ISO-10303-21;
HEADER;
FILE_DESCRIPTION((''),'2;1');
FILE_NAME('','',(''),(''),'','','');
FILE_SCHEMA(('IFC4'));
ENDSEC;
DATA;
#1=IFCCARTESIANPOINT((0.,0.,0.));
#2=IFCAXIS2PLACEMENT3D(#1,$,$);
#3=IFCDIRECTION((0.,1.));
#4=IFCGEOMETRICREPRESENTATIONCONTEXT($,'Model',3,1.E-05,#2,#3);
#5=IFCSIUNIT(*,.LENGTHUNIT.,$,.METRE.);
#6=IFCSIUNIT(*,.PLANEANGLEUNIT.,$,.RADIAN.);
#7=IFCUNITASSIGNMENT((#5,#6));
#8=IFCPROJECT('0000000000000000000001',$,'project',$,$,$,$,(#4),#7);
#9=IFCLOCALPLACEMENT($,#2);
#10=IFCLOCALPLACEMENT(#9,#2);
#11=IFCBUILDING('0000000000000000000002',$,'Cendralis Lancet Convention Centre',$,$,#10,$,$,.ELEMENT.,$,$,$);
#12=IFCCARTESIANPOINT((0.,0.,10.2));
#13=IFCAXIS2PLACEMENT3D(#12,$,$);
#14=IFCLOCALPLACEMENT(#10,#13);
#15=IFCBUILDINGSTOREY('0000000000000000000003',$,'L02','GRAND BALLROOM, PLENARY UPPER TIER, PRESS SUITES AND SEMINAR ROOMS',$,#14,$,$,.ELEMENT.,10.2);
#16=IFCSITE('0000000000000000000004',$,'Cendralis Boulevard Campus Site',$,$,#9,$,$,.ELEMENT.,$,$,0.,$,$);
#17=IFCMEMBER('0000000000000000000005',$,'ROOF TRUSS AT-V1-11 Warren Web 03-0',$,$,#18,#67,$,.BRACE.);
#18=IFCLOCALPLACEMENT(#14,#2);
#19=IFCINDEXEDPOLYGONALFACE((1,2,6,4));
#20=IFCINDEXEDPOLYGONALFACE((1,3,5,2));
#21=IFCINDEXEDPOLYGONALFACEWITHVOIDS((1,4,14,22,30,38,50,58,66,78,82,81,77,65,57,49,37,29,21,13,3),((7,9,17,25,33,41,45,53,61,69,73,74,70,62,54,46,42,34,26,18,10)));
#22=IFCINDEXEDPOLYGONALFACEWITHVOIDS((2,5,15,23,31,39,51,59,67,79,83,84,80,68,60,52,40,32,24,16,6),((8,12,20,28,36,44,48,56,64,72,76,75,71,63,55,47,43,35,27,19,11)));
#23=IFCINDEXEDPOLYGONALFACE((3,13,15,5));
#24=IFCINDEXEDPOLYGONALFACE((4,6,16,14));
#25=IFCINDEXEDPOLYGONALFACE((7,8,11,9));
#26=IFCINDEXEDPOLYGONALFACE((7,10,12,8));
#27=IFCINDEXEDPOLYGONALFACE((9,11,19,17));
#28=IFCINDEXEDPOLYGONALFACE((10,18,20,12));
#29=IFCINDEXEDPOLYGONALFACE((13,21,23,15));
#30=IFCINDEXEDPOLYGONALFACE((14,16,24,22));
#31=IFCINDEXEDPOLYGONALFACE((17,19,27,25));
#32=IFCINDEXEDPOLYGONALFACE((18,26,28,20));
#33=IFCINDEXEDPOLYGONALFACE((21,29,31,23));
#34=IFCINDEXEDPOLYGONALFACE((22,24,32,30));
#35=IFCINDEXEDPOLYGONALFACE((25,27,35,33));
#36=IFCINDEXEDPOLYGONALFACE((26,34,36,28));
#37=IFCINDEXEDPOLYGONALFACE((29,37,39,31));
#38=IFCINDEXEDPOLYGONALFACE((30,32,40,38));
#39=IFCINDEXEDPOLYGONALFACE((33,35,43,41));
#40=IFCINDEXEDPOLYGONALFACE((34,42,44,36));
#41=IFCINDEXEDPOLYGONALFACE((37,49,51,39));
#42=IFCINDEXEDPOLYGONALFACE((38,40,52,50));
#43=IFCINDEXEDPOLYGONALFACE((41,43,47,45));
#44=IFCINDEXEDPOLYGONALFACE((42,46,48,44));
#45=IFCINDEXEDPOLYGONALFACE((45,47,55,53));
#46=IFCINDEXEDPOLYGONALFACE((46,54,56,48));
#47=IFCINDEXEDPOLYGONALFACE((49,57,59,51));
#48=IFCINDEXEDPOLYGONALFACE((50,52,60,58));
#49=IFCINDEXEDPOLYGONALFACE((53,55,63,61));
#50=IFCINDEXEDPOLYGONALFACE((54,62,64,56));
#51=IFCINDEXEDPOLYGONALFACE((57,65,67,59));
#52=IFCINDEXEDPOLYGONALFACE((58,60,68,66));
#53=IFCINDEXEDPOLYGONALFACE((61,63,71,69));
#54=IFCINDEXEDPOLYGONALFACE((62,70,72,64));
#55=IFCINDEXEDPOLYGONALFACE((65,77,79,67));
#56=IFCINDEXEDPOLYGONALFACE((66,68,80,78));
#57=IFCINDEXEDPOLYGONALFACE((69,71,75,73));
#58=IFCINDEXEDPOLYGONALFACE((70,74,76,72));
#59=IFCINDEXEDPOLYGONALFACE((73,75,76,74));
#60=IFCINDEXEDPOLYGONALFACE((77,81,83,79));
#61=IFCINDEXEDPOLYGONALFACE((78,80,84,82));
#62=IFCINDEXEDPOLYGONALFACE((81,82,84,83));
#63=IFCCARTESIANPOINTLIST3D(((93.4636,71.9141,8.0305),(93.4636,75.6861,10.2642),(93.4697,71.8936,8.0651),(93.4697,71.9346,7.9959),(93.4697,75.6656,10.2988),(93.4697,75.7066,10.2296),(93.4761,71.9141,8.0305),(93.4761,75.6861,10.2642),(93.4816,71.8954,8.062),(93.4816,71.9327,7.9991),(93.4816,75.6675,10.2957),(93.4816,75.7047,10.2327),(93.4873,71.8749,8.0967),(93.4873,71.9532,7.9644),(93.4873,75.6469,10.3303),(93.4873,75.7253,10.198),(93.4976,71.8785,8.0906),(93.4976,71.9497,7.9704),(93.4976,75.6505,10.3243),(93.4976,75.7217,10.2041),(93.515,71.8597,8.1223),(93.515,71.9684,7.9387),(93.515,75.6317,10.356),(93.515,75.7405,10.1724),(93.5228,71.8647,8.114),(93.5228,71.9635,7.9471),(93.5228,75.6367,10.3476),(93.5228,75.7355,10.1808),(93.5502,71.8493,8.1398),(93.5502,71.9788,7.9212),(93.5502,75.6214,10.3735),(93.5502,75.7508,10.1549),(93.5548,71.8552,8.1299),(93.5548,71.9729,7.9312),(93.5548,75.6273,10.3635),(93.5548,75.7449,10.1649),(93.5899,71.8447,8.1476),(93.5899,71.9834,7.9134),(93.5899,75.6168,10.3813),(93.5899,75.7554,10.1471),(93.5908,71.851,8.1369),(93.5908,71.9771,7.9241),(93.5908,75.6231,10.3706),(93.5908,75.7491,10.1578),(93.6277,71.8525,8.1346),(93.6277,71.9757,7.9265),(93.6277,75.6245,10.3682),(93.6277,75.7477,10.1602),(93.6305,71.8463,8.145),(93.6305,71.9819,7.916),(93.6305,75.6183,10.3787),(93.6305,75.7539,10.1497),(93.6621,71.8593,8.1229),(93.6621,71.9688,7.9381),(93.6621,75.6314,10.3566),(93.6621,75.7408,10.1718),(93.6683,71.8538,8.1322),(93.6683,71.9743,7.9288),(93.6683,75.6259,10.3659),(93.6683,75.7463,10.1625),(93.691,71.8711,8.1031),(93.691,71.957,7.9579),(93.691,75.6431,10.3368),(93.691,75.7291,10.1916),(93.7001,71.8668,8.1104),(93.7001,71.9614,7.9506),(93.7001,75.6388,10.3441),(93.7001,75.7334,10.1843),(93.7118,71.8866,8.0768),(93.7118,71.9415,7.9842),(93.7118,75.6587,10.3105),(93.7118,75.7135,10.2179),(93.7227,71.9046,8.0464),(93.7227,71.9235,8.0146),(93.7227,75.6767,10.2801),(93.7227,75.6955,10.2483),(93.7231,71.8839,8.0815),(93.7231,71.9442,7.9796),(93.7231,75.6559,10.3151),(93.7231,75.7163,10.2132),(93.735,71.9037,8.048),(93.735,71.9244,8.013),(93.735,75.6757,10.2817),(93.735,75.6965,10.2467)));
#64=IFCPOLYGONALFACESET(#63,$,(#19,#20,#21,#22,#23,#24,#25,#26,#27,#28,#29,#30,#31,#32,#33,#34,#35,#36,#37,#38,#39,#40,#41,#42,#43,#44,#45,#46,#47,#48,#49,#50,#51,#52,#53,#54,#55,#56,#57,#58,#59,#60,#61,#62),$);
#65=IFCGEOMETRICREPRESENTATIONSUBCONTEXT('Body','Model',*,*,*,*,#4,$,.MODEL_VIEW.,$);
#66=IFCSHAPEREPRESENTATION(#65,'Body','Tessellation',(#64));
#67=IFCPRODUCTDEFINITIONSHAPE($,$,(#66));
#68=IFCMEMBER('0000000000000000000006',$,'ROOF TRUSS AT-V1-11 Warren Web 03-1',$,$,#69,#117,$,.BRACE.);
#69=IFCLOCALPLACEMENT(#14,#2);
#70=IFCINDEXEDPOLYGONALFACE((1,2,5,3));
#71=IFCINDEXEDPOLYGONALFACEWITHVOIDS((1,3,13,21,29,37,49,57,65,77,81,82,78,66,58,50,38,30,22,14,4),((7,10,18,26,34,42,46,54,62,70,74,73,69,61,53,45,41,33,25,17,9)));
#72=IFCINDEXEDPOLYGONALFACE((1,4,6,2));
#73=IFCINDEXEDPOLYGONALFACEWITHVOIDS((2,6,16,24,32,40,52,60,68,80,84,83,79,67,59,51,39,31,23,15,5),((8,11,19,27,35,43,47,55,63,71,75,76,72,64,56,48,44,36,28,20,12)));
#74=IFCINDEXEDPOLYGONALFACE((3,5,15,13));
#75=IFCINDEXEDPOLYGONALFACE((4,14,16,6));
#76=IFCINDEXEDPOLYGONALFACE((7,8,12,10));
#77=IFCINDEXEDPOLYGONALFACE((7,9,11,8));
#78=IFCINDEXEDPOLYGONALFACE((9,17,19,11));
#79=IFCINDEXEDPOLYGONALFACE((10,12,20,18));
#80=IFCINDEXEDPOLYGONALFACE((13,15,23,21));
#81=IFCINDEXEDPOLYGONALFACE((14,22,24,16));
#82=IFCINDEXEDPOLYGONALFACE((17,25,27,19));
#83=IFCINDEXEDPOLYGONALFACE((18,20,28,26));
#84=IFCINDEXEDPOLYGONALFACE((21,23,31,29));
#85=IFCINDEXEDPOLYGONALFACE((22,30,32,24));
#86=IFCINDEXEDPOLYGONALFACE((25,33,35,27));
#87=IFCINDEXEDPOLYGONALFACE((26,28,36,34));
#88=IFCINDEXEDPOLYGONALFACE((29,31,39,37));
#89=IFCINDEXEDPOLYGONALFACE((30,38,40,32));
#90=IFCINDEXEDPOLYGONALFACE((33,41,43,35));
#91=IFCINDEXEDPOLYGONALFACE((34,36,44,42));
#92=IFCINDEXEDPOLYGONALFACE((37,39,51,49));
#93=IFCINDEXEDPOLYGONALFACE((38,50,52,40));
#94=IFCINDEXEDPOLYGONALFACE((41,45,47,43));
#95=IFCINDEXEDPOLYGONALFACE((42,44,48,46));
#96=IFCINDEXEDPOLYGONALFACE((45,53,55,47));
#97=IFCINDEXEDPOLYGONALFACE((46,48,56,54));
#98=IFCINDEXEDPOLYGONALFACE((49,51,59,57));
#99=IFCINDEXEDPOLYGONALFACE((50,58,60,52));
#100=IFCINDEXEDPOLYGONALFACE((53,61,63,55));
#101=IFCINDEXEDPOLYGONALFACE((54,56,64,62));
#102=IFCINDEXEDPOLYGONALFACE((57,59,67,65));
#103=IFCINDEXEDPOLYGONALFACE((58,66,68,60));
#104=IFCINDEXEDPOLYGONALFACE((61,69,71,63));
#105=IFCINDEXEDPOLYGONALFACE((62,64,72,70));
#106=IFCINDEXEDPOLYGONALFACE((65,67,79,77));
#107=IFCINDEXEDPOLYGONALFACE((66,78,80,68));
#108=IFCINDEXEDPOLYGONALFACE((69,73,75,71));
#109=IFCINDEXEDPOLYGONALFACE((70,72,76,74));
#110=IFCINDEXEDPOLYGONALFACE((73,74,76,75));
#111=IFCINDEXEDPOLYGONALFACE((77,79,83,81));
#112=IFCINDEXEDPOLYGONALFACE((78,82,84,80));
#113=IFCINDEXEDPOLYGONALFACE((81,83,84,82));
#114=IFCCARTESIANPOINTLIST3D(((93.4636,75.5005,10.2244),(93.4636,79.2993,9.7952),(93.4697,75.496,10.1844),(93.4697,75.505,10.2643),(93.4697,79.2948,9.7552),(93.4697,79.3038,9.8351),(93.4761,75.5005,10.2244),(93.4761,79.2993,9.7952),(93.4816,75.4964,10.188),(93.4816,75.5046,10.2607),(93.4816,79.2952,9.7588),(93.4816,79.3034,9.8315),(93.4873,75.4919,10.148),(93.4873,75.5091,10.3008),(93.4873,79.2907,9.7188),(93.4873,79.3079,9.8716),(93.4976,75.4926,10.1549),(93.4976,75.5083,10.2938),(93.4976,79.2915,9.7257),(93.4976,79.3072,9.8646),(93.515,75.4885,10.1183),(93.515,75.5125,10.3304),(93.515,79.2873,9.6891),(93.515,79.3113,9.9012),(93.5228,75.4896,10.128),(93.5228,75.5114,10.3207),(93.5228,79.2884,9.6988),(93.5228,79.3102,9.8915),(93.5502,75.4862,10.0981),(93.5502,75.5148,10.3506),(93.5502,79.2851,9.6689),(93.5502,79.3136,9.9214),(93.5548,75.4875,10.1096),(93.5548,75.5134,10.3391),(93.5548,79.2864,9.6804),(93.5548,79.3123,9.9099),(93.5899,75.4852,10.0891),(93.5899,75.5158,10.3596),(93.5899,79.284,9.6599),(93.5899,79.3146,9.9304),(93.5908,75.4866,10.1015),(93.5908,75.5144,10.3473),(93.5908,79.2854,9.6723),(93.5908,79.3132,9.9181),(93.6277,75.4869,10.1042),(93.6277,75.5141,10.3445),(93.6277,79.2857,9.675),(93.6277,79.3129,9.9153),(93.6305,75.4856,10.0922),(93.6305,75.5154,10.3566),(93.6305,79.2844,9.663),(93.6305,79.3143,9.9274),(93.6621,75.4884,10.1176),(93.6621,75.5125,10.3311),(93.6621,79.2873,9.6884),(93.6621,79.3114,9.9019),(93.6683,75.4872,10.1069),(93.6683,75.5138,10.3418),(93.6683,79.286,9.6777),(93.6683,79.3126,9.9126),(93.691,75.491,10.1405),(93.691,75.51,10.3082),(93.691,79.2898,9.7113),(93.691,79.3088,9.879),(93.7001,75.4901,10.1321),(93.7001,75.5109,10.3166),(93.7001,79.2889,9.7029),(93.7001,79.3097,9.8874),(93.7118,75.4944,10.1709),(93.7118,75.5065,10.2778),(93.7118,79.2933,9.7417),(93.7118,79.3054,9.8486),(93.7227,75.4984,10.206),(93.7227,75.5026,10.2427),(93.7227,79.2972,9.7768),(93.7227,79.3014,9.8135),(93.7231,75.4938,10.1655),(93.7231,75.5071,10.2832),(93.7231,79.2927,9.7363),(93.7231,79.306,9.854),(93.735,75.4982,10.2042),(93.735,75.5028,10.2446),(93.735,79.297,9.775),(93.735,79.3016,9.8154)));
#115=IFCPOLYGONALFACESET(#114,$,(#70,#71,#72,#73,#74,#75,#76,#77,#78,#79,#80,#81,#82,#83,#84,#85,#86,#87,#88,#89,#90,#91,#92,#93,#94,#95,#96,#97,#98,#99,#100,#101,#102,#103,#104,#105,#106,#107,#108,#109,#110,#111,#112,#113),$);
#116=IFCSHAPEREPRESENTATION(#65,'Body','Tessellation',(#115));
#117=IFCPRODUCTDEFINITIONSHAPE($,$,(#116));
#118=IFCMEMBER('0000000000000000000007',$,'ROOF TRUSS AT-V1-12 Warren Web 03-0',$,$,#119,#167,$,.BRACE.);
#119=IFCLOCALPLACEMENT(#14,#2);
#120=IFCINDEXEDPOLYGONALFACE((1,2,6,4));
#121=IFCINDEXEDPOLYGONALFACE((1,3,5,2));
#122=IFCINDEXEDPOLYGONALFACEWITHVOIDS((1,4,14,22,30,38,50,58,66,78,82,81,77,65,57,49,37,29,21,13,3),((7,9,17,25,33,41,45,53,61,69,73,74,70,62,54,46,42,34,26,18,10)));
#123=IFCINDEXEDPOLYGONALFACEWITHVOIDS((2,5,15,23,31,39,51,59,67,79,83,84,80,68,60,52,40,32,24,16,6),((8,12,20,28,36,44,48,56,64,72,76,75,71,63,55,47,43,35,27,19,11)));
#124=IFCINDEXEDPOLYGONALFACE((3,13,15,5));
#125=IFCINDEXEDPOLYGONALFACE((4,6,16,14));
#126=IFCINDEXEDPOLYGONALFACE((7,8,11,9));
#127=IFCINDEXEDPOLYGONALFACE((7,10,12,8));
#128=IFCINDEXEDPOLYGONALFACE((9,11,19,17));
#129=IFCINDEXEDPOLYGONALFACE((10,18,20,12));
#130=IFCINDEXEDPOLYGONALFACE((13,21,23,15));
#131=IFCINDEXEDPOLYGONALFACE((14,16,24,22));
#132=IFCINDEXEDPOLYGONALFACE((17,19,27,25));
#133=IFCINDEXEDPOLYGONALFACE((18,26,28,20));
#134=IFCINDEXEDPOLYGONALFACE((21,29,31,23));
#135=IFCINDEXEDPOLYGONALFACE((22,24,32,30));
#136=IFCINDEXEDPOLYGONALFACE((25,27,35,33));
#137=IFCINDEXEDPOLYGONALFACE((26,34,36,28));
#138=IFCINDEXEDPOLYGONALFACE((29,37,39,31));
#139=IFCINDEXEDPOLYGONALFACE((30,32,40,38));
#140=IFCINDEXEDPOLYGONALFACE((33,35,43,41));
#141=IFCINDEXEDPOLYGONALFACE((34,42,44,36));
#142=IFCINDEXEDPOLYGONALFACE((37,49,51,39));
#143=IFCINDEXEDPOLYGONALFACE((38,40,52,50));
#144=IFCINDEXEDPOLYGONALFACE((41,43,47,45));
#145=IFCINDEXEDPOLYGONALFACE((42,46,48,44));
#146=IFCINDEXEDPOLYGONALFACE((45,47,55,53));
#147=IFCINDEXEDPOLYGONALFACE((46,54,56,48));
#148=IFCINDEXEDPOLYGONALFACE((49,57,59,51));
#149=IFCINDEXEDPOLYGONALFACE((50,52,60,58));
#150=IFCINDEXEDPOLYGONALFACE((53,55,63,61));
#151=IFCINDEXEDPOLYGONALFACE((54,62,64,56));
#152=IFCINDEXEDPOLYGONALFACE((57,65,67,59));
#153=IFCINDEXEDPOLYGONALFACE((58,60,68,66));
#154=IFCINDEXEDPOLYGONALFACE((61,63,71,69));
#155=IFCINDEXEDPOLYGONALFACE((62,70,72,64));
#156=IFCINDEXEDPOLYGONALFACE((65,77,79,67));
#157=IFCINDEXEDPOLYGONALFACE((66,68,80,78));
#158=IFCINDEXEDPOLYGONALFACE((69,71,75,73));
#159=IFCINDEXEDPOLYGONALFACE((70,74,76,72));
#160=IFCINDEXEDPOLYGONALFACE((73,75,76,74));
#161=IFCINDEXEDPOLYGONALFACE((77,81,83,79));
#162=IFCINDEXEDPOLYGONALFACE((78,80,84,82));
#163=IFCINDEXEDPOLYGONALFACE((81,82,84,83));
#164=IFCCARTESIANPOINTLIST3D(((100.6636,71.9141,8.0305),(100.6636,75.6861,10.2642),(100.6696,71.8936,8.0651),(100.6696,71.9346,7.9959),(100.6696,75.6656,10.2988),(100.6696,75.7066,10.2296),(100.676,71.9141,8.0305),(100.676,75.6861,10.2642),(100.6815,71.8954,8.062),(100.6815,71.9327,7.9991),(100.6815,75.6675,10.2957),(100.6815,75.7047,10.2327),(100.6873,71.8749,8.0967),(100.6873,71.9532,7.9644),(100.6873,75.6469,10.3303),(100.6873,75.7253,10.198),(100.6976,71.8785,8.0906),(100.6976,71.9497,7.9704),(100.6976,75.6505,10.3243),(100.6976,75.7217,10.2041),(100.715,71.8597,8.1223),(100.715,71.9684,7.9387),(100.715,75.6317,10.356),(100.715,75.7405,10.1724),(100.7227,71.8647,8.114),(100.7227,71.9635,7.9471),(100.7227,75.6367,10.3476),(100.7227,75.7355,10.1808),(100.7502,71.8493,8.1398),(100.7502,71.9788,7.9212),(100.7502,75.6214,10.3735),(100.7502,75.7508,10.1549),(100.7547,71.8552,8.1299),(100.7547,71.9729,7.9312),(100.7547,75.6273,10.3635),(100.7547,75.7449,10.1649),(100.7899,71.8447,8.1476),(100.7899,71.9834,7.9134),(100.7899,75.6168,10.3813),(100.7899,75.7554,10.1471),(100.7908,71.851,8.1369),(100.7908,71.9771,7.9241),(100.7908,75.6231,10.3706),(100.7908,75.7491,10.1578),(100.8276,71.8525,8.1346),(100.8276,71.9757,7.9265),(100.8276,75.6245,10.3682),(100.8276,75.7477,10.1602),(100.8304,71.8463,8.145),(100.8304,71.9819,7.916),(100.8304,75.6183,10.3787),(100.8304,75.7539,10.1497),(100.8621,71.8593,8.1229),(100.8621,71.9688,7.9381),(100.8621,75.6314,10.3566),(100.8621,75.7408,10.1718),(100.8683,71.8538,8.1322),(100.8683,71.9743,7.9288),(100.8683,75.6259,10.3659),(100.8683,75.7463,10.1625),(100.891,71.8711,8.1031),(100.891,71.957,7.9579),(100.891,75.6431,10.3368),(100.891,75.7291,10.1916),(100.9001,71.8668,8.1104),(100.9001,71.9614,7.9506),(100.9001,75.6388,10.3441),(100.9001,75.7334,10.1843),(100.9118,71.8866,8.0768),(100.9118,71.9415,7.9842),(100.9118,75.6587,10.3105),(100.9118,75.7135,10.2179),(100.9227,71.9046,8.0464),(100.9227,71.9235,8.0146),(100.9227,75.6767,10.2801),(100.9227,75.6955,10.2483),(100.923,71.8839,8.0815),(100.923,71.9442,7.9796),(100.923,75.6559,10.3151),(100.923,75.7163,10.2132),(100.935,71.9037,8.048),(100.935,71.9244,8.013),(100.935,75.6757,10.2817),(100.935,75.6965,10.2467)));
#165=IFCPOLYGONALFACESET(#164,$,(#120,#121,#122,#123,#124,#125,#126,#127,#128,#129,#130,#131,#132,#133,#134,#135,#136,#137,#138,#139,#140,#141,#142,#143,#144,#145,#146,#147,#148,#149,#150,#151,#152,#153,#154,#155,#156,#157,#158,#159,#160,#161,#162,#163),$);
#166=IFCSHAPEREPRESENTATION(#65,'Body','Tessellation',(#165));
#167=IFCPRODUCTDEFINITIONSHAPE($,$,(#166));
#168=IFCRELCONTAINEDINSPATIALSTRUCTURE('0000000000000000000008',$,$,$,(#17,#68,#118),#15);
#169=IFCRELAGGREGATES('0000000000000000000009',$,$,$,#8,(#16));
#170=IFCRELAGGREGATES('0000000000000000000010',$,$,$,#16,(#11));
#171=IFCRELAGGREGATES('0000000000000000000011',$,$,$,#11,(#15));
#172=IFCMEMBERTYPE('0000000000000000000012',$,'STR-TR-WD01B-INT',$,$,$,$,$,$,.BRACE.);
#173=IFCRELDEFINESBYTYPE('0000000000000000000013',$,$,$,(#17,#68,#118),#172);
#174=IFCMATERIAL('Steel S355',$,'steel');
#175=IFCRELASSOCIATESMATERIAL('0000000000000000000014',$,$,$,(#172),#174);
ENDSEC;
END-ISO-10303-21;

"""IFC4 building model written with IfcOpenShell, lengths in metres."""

from ifc_helpers import new_model, si_unit, direction, frame, origin, origin_2d, place, context, subcontext, project, spatial, hollow_circle, extrude, material, material_profile, profile_set, type_object, element, save


model = new_model("IFC4")

# Units and contexts
model_context = context("Model", 3, precision=1e-05, world=origin(), true_north=direction((0.0, 1.0)))
body_context = subcontext(model_context, "Body", "Model", "MODEL_VIEW")
ifc_project = project(units=[si_unit("LENGTHUNIT", "METRE"), si_unit("PLANEANGLEUNIT", "RADIAN")], contexts=[model_context])

# Site, building, storey
site_placement = place(None, origin())
site = spatial("IfcSite", under=ifc_project, at=site_placement, Name="Cendralis Boulevard Campus Site", CompositionType="ELEMENT", RefElevation=0.0)
building_placement = place(site_placement, origin())
building = spatial("IfcBuilding", under=site, at=building_placement, Name="Cendralis Lancet Convention Centre", CompositionType="ELEMENT")
storey_placement = place(building_placement, frame((0.0, 0.0, 10.2)))
storey = spatial("IfcBuildingStorey", under=building, at=storey_placement, Name="L02", Description="GRAND BALLROOM, PLENARY UPPER TIER, PRESS SUITES AND SEMINAR ROOMS", CompositionType="ELEMENT", Elevation=10.2)

# Members
ifc_material = material(Name="Steel S355", Category="steel")
ifc_material_profile_1 = material_profile(ifc_material, hollow_circle(Radius=0.1365, WallThickness=0.0125, at=origin_2d()), Name="CHS 273.0x12.5")
ifc_profile_set_1 = profile_set([ifc_material_profile_1], Name="Steel S355")
member_type_1 = type_object("IfcMemberType", Name="STR-TR-WD01B-INT", PredefinedType="BRACE", material=ifc_profile_set_1)
member_1_placement = place(storey_placement, frame((93.6001, 71.9141, 8.0305), z_axis=(0.0, 0.860452, 0.509532), x_axis=(-1.0, 0.0, 0.0)))
element("IfcMember", 1, at=member_1_placement, inside=storey, type_object=member_type_1, Name="ROOF TRUSS AT-V1-11 Warren Web 03-0", PredefinedType="BRACE", context=body_context, shape_type="SweptSolid", body=[
    extrude(hollow_circle(Radius=0.1365, WallThickness=0.0125, at=origin_2d()), origin(), (0.0, 0.0, 1.0), 4.3838),
])
member_2_placement = place(storey_placement, frame((93.6001, 75.5005, 10.2244), z_axis=(0.0, 0.993678, -0.112268), x_axis=(-1.0, 0.0, 0.0)))
element("IfcMember", 2, at=member_2_placement, inside=storey, type_object=member_type_1, Name="ROOF TRUSS AT-V1-11 Warren Web 03-1", PredefinedType="BRACE", context=body_context, shape_type="SweptSolid", body=[
    extrude(hollow_circle(Radius=0.1365, WallThickness=0.0125, at=origin_2d()), origin(), (0.0, 0.0, 1.0), 3.823),
])
member_3_placement = place(storey_placement, frame((100.8, 71.9141, 8.0305), z_axis=(0.0, 0.860452, 0.509532), x_axis=(-1.0, 0.0, 0.0)))
element("IfcMember", 3, at=member_3_placement, inside=storey, type_object=member_type_1, Name="ROOF TRUSS AT-V1-12 Warren Web 03-0", PredefinedType="BRACE", context=body_context, shape_type="SweptSolid", body=[
    extrude(hollow_circle(Radius=0.1365, WallThickness=0.0125, at=origin_2d()), origin(), (0.0, 0.0, 1.0), 4.3838),
])

save(model, "model.ifc")
